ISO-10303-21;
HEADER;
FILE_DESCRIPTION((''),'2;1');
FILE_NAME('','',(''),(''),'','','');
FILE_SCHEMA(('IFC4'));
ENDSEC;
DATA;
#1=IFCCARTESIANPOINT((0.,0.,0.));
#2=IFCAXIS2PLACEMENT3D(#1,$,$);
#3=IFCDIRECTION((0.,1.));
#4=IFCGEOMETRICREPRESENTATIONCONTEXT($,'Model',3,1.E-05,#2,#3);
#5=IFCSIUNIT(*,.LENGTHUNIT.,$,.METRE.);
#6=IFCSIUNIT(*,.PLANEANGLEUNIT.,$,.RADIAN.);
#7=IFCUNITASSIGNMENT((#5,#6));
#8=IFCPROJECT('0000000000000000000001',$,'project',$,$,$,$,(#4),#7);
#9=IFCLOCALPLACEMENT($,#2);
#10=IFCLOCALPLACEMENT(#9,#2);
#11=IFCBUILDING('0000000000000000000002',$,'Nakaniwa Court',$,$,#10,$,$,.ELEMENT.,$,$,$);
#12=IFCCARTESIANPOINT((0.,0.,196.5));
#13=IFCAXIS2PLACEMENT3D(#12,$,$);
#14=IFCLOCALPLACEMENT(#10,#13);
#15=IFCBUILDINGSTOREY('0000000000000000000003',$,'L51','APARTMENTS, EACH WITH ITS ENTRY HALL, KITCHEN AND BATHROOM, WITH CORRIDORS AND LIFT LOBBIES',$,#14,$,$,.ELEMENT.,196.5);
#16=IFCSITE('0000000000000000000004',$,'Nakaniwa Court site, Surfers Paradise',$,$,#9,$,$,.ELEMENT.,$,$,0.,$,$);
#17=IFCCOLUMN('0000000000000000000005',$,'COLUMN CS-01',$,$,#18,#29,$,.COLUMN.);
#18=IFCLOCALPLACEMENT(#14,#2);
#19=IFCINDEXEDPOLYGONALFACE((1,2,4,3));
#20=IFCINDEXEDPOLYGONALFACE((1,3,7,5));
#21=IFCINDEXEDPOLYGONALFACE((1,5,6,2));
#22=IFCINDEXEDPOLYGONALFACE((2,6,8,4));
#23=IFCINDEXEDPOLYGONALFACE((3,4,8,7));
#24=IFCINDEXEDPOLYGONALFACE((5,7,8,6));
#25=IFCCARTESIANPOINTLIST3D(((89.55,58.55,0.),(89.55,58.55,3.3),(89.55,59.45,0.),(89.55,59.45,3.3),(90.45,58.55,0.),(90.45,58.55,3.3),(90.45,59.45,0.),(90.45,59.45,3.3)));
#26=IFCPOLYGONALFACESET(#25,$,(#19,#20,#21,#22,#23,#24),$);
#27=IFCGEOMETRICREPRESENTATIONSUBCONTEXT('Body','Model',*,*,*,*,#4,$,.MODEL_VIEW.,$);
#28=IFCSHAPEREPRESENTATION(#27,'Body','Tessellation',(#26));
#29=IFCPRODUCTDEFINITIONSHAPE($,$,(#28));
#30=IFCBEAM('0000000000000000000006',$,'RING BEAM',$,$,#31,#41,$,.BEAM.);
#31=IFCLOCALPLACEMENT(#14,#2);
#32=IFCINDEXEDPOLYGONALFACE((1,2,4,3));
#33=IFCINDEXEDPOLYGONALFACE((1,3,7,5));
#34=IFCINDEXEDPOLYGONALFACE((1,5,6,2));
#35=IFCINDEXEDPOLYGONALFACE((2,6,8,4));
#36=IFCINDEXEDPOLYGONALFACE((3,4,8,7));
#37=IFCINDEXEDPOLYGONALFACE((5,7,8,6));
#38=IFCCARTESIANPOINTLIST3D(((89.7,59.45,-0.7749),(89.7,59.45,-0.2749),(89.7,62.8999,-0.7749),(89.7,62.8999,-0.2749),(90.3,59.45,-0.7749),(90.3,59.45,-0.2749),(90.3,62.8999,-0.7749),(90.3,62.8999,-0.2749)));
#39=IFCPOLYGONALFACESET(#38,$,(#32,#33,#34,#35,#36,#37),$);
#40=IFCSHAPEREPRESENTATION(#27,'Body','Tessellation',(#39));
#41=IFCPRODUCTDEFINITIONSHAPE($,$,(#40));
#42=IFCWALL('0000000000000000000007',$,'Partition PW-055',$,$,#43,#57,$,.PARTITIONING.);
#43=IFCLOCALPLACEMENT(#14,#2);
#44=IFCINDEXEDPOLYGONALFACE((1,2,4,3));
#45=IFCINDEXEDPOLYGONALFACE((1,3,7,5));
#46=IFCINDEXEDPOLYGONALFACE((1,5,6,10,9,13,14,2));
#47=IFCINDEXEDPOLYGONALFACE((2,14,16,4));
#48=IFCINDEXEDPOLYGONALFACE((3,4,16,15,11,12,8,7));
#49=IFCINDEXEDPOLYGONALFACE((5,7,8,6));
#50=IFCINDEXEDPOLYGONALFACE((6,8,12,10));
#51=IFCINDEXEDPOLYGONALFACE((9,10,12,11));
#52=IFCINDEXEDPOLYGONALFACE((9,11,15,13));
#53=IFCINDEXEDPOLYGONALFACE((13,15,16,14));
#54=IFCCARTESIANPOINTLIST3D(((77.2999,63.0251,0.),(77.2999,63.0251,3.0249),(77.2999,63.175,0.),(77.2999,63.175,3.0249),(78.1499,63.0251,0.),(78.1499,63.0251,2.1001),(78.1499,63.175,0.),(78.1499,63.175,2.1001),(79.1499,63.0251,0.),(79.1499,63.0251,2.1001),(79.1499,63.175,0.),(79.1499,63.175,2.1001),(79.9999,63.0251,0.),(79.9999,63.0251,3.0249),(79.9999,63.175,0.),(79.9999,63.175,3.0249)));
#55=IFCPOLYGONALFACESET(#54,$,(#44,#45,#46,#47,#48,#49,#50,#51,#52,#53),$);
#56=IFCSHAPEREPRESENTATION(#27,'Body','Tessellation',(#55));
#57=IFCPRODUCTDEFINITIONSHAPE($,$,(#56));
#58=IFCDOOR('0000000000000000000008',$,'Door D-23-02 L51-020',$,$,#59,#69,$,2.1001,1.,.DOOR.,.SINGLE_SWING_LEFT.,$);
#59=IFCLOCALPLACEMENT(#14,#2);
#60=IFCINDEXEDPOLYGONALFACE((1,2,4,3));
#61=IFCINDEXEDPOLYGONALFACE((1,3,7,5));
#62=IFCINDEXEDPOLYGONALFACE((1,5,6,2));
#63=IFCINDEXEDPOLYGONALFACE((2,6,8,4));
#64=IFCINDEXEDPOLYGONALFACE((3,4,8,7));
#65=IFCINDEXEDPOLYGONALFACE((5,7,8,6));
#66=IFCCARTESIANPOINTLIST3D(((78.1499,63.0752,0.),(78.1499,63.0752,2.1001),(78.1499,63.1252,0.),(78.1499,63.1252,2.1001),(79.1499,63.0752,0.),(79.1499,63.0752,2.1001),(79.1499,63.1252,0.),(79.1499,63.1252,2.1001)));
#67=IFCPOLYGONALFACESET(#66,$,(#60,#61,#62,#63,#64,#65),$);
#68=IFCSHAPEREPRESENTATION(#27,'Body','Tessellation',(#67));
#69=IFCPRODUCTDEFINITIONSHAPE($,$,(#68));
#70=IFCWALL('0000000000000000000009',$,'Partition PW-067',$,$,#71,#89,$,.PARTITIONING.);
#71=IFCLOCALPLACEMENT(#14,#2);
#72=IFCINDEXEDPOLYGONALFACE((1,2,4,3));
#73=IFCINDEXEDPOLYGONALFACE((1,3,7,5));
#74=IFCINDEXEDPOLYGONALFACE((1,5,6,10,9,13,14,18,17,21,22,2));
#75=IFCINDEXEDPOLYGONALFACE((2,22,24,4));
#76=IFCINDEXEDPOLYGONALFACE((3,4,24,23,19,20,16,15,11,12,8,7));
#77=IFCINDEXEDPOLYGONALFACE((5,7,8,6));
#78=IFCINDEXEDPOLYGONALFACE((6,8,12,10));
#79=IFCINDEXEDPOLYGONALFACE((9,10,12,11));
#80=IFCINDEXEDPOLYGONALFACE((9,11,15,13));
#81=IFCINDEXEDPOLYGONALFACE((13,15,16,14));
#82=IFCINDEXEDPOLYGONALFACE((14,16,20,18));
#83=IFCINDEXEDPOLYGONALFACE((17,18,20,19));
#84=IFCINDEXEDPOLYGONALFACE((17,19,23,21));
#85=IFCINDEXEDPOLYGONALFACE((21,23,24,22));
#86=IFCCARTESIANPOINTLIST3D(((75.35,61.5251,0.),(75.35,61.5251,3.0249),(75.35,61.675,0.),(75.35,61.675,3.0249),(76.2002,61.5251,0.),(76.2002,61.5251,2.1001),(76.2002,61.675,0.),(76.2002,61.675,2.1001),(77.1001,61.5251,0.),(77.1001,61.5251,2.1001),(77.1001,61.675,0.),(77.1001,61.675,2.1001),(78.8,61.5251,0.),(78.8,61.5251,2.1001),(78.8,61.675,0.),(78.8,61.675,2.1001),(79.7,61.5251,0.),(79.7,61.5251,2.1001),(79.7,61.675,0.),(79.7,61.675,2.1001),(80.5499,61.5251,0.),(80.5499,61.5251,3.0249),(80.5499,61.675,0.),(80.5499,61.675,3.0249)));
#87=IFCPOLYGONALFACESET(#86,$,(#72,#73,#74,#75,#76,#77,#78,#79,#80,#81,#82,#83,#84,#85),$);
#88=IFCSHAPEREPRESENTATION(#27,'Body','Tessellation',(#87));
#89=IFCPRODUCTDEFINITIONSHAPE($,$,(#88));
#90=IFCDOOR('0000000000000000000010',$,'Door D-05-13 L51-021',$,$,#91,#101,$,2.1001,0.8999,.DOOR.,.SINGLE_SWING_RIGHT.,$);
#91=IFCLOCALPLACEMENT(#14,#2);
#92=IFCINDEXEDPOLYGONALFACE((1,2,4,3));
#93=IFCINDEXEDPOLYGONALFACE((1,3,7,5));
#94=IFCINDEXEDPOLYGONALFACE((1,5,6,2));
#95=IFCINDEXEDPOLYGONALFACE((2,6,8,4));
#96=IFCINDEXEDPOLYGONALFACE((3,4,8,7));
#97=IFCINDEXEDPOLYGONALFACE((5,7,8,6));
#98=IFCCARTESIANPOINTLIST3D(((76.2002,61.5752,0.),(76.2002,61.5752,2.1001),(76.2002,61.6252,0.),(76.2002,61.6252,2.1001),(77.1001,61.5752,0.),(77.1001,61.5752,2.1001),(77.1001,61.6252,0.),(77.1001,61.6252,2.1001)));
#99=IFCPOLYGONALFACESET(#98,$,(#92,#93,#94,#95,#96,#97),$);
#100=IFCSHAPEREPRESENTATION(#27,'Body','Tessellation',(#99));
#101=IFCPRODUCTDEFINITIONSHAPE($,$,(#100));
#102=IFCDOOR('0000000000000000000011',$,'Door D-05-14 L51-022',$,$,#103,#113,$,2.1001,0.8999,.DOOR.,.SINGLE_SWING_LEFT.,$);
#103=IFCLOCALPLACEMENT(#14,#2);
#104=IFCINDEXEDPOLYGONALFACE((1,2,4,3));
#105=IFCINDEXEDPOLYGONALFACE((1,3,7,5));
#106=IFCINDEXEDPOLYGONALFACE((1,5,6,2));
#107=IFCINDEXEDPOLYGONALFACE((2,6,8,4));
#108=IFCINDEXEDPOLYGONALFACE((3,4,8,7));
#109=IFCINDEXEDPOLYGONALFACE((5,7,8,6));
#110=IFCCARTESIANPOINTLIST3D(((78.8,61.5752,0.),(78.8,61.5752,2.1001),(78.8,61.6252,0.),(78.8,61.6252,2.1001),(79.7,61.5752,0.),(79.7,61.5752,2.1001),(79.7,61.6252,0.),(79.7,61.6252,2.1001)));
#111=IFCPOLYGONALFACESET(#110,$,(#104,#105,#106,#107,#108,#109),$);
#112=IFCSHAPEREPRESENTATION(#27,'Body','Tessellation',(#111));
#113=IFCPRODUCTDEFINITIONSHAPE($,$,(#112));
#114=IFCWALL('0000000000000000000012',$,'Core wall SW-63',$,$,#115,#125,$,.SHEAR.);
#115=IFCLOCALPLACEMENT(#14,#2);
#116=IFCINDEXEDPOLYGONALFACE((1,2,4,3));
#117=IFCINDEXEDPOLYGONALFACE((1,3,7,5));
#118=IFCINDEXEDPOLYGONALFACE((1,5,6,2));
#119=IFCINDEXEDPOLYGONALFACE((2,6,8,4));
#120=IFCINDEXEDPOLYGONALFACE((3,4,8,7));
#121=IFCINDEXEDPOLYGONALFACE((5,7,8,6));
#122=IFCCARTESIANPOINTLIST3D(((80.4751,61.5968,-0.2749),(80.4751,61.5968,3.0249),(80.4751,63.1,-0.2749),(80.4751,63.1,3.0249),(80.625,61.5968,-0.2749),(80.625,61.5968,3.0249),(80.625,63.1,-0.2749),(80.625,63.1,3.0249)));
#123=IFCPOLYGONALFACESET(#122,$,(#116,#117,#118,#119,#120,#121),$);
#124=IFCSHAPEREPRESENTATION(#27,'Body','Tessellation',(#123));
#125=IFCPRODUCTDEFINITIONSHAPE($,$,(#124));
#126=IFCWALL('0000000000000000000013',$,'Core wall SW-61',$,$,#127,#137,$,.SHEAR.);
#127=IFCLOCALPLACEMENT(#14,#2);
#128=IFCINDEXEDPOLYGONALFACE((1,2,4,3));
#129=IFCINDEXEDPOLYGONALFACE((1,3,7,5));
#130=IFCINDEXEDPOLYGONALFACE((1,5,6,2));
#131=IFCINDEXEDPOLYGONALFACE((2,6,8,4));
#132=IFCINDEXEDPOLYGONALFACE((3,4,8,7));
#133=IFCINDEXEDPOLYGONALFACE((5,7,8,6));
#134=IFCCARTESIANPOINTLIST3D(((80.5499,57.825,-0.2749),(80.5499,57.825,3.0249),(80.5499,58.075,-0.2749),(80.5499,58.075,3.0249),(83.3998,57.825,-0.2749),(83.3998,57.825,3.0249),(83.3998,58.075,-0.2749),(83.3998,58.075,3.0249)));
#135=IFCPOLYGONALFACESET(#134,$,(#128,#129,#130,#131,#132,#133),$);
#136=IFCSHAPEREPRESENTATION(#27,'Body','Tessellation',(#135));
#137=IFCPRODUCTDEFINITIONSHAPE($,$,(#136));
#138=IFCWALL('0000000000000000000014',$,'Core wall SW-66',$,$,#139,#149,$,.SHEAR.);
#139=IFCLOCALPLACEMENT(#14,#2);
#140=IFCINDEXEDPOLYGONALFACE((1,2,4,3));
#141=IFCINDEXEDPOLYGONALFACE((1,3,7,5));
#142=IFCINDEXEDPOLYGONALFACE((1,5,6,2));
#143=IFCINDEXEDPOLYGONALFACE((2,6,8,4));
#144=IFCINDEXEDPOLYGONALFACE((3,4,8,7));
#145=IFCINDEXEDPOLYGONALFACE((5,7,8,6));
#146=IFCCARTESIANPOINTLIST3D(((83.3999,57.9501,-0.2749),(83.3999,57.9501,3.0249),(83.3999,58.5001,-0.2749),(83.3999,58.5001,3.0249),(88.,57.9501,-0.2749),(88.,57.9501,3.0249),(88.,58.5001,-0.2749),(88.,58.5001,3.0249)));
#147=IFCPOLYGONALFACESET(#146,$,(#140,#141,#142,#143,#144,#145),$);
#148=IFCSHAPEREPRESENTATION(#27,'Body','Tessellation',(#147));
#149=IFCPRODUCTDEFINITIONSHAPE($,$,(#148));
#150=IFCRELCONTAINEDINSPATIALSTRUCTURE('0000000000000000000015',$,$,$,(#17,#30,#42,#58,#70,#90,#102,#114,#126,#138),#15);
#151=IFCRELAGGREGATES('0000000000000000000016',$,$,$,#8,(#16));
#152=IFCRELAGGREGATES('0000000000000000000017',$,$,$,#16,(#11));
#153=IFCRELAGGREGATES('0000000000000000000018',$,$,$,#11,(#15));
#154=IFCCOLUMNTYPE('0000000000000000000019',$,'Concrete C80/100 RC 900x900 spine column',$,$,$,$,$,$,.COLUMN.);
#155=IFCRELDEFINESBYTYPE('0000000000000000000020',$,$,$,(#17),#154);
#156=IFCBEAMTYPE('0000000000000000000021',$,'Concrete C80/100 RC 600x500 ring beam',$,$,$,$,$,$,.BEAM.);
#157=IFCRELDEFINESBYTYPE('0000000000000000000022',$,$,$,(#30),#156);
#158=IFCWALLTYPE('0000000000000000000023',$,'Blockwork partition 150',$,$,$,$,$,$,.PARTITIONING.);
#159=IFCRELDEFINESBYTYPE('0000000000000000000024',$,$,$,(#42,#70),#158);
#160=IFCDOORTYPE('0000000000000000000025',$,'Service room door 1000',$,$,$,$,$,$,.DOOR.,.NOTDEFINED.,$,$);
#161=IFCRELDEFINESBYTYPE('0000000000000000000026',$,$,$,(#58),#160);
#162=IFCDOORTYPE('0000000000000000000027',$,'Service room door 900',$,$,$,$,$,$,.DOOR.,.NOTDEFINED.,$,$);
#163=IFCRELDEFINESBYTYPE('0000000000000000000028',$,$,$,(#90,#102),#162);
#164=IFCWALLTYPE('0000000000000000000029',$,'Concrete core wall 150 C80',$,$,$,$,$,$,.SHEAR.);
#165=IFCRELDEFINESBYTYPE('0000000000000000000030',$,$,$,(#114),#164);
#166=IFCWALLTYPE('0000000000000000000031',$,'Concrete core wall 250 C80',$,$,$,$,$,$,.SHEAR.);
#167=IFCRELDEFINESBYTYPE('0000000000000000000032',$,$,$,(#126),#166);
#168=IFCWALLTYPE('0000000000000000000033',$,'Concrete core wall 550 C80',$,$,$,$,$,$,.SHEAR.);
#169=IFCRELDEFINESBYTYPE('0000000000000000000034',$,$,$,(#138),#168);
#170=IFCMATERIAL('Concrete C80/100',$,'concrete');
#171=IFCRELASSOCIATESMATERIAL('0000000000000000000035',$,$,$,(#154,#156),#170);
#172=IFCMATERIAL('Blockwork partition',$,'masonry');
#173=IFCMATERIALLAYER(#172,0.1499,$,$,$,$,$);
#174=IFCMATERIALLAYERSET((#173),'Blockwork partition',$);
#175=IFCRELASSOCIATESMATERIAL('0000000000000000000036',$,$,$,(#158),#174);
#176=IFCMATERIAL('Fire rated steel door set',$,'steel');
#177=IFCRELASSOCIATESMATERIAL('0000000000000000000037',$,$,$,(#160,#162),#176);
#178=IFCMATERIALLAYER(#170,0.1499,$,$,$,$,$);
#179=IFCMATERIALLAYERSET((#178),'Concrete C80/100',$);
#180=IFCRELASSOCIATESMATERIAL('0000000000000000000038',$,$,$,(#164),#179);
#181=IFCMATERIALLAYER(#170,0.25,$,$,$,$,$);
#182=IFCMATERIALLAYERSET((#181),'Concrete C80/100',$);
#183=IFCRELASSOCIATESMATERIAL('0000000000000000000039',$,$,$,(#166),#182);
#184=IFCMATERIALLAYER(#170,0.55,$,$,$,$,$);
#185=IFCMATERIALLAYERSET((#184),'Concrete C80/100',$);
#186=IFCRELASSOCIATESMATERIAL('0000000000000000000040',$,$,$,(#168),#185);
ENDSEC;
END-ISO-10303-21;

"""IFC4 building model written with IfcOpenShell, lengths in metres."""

from ifc_helpers import new_model, si_unit, direction, frame, frame_2d, origin, origin_2d, place, context, subcontext, project, spatial, rectangle, extrude, material, layer, layer_set, material_profile, profile_set, type_object, element, fill, save


model = new_model("IFC4")

# Units and contexts
model_context = context("Model", 3, precision=1e-05, world=origin(), true_north=direction((0.0, 1.0)))
body_context = subcontext(model_context, "Body", "Model", "MODEL_VIEW")
ifc_project = project(units=[si_unit("LENGTHUNIT", "METRE"), si_unit("PLANEANGLEUNIT", "RADIAN")], contexts=[model_context])

# Site, building, storey
site_placement = place(None, origin())
site = spatial("IfcSite", under=ifc_project, at=site_placement, Name="Nakaniwa Court site, Surfers Paradise", CompositionType="ELEMENT", RefElevation=0.0)
building_placement = place(site_placement, origin())
building = spatial("IfcBuilding", under=site, at=building_placement, Name="Nakaniwa Court", CompositionType="ELEMENT")
storey_placement = place(building_placement, frame((0.0, 0.0, 196.5)))
storey = spatial("IfcBuildingStorey", under=building, at=storey_placement, Name="L51", Description="APARTMENTS, EACH WITH ITS ENTRY HALL, KITCHEN AND BATHROOM, WITH CORRIDORS AND LIFT LOBBIES", CompositionType="ELEMENT", Elevation=196.5)

# Column
ifc_material_1 = material(Name="Concrete C80/100", Category="concrete")
ifc_material_profile_1 = material_profile(ifc_material_1, rectangle(XDim=0.8999, YDim=0.8999, at=origin_2d()), Name="Concrete C80/100 RC 900x900 spine column")
ifc_profile_set_1 = profile_set([ifc_material_profile_1], Name="Concrete C80/100")
column_type = type_object("IfcColumnType", Name="Concrete C80/100 RC 900x900 spine column", PredefinedType="COLUMN", material=ifc_profile_set_1)
column_placement = place(storey_placement, frame((90.0, 59.0, 0.0), z_axis=(0.0, 0.0, 1.0), x_axis=(0.0, 1.0, 0.0)))
element("IfcColumn", 1, at=column_placement, inside=storey, type_object=column_type, Name="COLUMN CS-01", PredefinedType="COLUMN", context=body_context, shape_type="SweptSolid", body=[
    extrude(rectangle(XDim=0.8999, YDim=0.8999, at=origin_2d()), origin(), (0.0, 0.0, 1.0), 3.3),
])

# Beam
ifc_material_profile_2 = material_profile(ifc_material_1, rectangle(XDim=0.6001, YDim=0.5, at=origin_2d()), Name="Concrete C80/100 RC 600x500 ring beam")
ifc_profile_set_2 = profile_set([ifc_material_profile_2], Name="Concrete C80/100")
beam_type = type_object("IfcBeamType", Name="Concrete C80/100 RC 600x500 ring beam", PredefinedType="BEAM", material=ifc_profile_set_2)
beam_placement = place(storey_placement, frame((90.0, 59.45, -0.5249), z_axis=(0.0, 1.0, 0.0), x_axis=(-1.0, 0.0, 0.0)))
element("IfcBeam", 2, at=beam_placement, inside=storey, type_object=beam_type, Name="RING BEAM", PredefinedType="BEAM", context=body_context, shape_type="SweptSolid", body=[
    extrude(rectangle(XDim=0.6001, YDim=0.5, at=origin_2d()), origin(), (0.0, 0.0, 1.0), 3.45),
])

# Wall, opening, door
ifc_material_2 = material(Name="Blockwork partition", Category="masonry")
ifc_layer_1 = layer(ifc_material_2, 0.1499)
ifc_layer_set_1 = layer_set([ifc_layer_1], Name="Blockwork partition")
wall_type_1 = type_object("IfcWallType", Name="Blockwork partition 150", PredefinedType="PARTITIONING", material=ifc_layer_set_1)
wall_1_placement = place(storey_placement, frame((80.0, 63.1001, 0.0), z_axis=(0.0, 0.0, 1.0), x_axis=(-1.0, 0.0, 0.0)))
wall_1 = element("IfcWall", 3, at=wall_1_placement, inside=storey, type_object=wall_type_1, Name="Partition PW-055", PredefinedType="PARTITIONING", context=body_context, shape_type="SweptSolid", body=[
    extrude(rectangle(XDim=2.7, YDim=0.1499, at=frame_2d((1.3501, 0.0))), origin(), (0.0, 0.0, 1.0), 3.0249),
])
opening_1_placement = place(wall_1_placement, frame((0.8501, 0.0, 0.0)))
opening_1 = element("IfcOpeningElement", 4, at=opening_1_placement, cuts=wall_1, PredefinedType="OPENING", context=body_context, shape_type="SweptSolid", body=[
    extrude(rectangle(XDim=1.0, YDim=2.1001, at=frame_2d((0.5, 1.05))), frame((0.0, 0.085, 0.0), z_axis=(0.0, -1.0, 0.0), x_axis=(1.0, 0.0, 0.0)), (0.0, 0.0, 1.0), 0.1699),
])
ifc_material_3 = material(Name="Fire rated steel door set", Category="steel")
door_type_1 = type_object("IfcDoorType", Name="Service room door 1000", OperationType="NOTDEFINED", PredefinedType="DOOR", material=ifc_material_3)
door_1_placement = place(opening_1_placement, origin())
door_1 = element("IfcDoor", 5, at=door_1_placement, inside=storey, type_object=door_type_1, Name="Door D-23-02 L51-020", OperationType="SINGLE_SWING_LEFT", OverallHeight=2.1001, OverallWidth=1.0, PredefinedType="DOOR", context=body_context, shape_type="SweptSolid", body=[
    extrude(rectangle(XDim=1.0, YDim=2.1001, at=frame_2d((0.5, 1.05))), frame((0.0, 0.0249, 0.0), z_axis=(0.0, -1.0, 0.0), x_axis=(1.0, 0.0, 0.0)), (0.0, 0.0, 1.0), 0.05),
])
fill(opening_1, door_1)

# Wall, openings, doors
wall_2_placement = place(storey_placement, frame((80.55, 61.6001, 0.0), z_axis=(0.0, 0.0, 1.0), x_axis=(-1.0, 0.0, 0.0)))
wall_2 = element("IfcWall", 6, at=wall_2_placement, inside=storey, type_object=wall_type_1, Name="Partition PW-067", PredefinedType="PARTITIONING", context=body_context, shape_type="SweptSolid", body=[
    extrude(rectangle(XDim=5.2, YDim=0.1499, at=frame_2d((2.6001, 0.0))), origin(), (0.0, 0.0, 1.0), 3.0249),
])
opening_2_placement = place(wall_2_placement, frame((3.45, 0.0, 0.0)))
opening_2 = element("IfcOpeningElement", 7, at=opening_2_placement, cuts=wall_2, PredefinedType="OPENING", context=body_context, shape_type="SweptSolid", body=[
    extrude(rectangle(XDim=0.8999, YDim=2.1001, at=frame_2d((0.45, 1.05))), frame((0.0, 0.085, 0.0), z_axis=(0.0, -1.0, 0.0), x_axis=(1.0, 0.0, 0.0)), (0.0, 0.0, 1.0), 0.1699),
])
opening_3_placement = place(wall_2_placement, frame((0.8501, 0.0, 0.0)))
opening_3 = element("IfcOpeningElement", 8, at=opening_3_placement, cuts=wall_2, PredefinedType="OPENING", context=body_context, shape_type="SweptSolid", body=[
    extrude(rectangle(XDim=0.8999, YDim=2.1001, at=frame_2d((0.45, 1.05))), frame((0.0, 0.085, 0.0), z_axis=(0.0, -1.0, 0.0), x_axis=(1.0, 0.0, 0.0)), (0.0, 0.0, 1.0), 0.1699),
])
door_type_2 = type_object("IfcDoorType", Name="Service room door 900", OperationType="NOTDEFINED", PredefinedType="DOOR", material=ifc_material_3)
door_2_placement = place(opening_2_placement, origin())
door_2 = element("IfcDoor", 9, at=door_2_placement, inside=storey, type_object=door_type_2, Name="Door D-05-13 L51-021", OperationType="SINGLE_SWING_RIGHT", OverallHeight=2.1001, OverallWidth=0.8999, PredefinedType="DOOR", context=body_context, shape_type="SweptSolid", body=[
    extrude(rectangle(XDim=0.8999, YDim=2.1001, at=frame_2d((0.45, 1.05))), frame((0.0, 0.0249, 0.0), z_axis=(0.0, -1.0, 0.0), x_axis=(1.0, 0.0, 0.0)), (0.0, 0.0, 1.0), 0.05),
])
fill(opening_2, door_2)
door_3_placement = place(opening_3_placement, origin())
door_3 = element("IfcDoor", 10, at=door_3_placement, inside=storey, type_object=door_type_2, Name="Door D-05-14 L51-022", OperationType="SINGLE_SWING_LEFT", OverallHeight=2.1001, OverallWidth=0.8999, PredefinedType="DOOR", context=body_context, shape_type="SweptSolid", body=[
    extrude(rectangle(XDim=0.8999, YDim=2.1001, at=frame_2d((0.45, 1.05))), frame((0.0, 0.0249, 0.0), z_axis=(0.0, -1.0, 0.0), x_axis=(1.0, 0.0, 0.0)), (0.0, 0.0, 1.0), 0.05),
])
fill(opening_3, door_3)

# Walls
ifc_layer_2 = layer(ifc_material_1, 0.1499)
ifc_layer_set_2 = layer_set([ifc_layer_2], Name="Concrete C80/100")
wall_type_2 = type_object("IfcWallType", Name="Concrete core wall 150 C80", PredefinedType="SHEAR", material=ifc_layer_set_2)
wall_3_placement = place(storey_placement, frame((80.55, 61.5969, -0.2749), z_axis=(0.0, 0.0, 1.0), x_axis=(0.0, 1.0, 0.0)))
element("IfcWall", 11, at=wall_3_placement, inside=storey, type_object=wall_type_2, Name="Core wall SW-63", PredefinedType="SHEAR", context=body_context, shape_type="SweptSolid", body=[
    extrude(rectangle(XDim=1.5032, YDim=0.1499, at=frame_2d((0.7515, 0.0))), origin(), (0.0, 0.0, 1.0), 3.2998),
])
ifc_layer_3 = layer(ifc_material_1, 0.25)
ifc_layer_set_3 = layer_set([ifc_layer_3], Name="Concrete C80/100")
wall_type_3 = type_object("IfcWallType", Name="Concrete core wall 250 C80", PredefinedType="SHEAR", material=ifc_layer_set_3)
wall_4_placement = place(storey_placement, frame((80.55, 57.95, -0.2749), z_axis=(0.0, 0.0, 1.0), x_axis=(1.0, 0.0, 0.0)))
element("IfcWall", 12, at=wall_4_placement, inside=storey, type_object=wall_type_3, Name="Core wall SW-61", PredefinedType="SHEAR", context=body_context, shape_type="SweptSolid", body=[
    extrude(rectangle(XDim=2.8499, YDim=0.25, at=frame_2d((1.4248, 0.0))), origin(), (0.0, 0.0, 1.0), 3.2998),
])
ifc_layer_4 = layer(ifc_material_1, 0.55)
ifc_layer_set_4 = layer_set([ifc_layer_4], Name="Concrete C80/100")
wall_type_4 = type_object("IfcWallType", Name="Concrete core wall 550 C80", PredefinedType="SHEAR", material=ifc_layer_set_4)
wall_5_placement = place(storey_placement, frame((83.3999, 58.2251, -0.2749), z_axis=(0.0, 0.0, 1.0), x_axis=(1.0, 0.0, 0.0)))
element("IfcWall", 13, at=wall_5_placement, inside=storey, type_object=wall_type_4, Name="Core wall SW-66", PredefinedType="SHEAR", context=body_context, shape_type="SweptSolid", body=[
    extrude(rectangle(XDim=4.6001, YDim=0.55, at=frame_2d((2.3, 0.0))), origin(), (0.0, 0.0, 1.0), 3.2998),
])

save(model, "model.ifc")
